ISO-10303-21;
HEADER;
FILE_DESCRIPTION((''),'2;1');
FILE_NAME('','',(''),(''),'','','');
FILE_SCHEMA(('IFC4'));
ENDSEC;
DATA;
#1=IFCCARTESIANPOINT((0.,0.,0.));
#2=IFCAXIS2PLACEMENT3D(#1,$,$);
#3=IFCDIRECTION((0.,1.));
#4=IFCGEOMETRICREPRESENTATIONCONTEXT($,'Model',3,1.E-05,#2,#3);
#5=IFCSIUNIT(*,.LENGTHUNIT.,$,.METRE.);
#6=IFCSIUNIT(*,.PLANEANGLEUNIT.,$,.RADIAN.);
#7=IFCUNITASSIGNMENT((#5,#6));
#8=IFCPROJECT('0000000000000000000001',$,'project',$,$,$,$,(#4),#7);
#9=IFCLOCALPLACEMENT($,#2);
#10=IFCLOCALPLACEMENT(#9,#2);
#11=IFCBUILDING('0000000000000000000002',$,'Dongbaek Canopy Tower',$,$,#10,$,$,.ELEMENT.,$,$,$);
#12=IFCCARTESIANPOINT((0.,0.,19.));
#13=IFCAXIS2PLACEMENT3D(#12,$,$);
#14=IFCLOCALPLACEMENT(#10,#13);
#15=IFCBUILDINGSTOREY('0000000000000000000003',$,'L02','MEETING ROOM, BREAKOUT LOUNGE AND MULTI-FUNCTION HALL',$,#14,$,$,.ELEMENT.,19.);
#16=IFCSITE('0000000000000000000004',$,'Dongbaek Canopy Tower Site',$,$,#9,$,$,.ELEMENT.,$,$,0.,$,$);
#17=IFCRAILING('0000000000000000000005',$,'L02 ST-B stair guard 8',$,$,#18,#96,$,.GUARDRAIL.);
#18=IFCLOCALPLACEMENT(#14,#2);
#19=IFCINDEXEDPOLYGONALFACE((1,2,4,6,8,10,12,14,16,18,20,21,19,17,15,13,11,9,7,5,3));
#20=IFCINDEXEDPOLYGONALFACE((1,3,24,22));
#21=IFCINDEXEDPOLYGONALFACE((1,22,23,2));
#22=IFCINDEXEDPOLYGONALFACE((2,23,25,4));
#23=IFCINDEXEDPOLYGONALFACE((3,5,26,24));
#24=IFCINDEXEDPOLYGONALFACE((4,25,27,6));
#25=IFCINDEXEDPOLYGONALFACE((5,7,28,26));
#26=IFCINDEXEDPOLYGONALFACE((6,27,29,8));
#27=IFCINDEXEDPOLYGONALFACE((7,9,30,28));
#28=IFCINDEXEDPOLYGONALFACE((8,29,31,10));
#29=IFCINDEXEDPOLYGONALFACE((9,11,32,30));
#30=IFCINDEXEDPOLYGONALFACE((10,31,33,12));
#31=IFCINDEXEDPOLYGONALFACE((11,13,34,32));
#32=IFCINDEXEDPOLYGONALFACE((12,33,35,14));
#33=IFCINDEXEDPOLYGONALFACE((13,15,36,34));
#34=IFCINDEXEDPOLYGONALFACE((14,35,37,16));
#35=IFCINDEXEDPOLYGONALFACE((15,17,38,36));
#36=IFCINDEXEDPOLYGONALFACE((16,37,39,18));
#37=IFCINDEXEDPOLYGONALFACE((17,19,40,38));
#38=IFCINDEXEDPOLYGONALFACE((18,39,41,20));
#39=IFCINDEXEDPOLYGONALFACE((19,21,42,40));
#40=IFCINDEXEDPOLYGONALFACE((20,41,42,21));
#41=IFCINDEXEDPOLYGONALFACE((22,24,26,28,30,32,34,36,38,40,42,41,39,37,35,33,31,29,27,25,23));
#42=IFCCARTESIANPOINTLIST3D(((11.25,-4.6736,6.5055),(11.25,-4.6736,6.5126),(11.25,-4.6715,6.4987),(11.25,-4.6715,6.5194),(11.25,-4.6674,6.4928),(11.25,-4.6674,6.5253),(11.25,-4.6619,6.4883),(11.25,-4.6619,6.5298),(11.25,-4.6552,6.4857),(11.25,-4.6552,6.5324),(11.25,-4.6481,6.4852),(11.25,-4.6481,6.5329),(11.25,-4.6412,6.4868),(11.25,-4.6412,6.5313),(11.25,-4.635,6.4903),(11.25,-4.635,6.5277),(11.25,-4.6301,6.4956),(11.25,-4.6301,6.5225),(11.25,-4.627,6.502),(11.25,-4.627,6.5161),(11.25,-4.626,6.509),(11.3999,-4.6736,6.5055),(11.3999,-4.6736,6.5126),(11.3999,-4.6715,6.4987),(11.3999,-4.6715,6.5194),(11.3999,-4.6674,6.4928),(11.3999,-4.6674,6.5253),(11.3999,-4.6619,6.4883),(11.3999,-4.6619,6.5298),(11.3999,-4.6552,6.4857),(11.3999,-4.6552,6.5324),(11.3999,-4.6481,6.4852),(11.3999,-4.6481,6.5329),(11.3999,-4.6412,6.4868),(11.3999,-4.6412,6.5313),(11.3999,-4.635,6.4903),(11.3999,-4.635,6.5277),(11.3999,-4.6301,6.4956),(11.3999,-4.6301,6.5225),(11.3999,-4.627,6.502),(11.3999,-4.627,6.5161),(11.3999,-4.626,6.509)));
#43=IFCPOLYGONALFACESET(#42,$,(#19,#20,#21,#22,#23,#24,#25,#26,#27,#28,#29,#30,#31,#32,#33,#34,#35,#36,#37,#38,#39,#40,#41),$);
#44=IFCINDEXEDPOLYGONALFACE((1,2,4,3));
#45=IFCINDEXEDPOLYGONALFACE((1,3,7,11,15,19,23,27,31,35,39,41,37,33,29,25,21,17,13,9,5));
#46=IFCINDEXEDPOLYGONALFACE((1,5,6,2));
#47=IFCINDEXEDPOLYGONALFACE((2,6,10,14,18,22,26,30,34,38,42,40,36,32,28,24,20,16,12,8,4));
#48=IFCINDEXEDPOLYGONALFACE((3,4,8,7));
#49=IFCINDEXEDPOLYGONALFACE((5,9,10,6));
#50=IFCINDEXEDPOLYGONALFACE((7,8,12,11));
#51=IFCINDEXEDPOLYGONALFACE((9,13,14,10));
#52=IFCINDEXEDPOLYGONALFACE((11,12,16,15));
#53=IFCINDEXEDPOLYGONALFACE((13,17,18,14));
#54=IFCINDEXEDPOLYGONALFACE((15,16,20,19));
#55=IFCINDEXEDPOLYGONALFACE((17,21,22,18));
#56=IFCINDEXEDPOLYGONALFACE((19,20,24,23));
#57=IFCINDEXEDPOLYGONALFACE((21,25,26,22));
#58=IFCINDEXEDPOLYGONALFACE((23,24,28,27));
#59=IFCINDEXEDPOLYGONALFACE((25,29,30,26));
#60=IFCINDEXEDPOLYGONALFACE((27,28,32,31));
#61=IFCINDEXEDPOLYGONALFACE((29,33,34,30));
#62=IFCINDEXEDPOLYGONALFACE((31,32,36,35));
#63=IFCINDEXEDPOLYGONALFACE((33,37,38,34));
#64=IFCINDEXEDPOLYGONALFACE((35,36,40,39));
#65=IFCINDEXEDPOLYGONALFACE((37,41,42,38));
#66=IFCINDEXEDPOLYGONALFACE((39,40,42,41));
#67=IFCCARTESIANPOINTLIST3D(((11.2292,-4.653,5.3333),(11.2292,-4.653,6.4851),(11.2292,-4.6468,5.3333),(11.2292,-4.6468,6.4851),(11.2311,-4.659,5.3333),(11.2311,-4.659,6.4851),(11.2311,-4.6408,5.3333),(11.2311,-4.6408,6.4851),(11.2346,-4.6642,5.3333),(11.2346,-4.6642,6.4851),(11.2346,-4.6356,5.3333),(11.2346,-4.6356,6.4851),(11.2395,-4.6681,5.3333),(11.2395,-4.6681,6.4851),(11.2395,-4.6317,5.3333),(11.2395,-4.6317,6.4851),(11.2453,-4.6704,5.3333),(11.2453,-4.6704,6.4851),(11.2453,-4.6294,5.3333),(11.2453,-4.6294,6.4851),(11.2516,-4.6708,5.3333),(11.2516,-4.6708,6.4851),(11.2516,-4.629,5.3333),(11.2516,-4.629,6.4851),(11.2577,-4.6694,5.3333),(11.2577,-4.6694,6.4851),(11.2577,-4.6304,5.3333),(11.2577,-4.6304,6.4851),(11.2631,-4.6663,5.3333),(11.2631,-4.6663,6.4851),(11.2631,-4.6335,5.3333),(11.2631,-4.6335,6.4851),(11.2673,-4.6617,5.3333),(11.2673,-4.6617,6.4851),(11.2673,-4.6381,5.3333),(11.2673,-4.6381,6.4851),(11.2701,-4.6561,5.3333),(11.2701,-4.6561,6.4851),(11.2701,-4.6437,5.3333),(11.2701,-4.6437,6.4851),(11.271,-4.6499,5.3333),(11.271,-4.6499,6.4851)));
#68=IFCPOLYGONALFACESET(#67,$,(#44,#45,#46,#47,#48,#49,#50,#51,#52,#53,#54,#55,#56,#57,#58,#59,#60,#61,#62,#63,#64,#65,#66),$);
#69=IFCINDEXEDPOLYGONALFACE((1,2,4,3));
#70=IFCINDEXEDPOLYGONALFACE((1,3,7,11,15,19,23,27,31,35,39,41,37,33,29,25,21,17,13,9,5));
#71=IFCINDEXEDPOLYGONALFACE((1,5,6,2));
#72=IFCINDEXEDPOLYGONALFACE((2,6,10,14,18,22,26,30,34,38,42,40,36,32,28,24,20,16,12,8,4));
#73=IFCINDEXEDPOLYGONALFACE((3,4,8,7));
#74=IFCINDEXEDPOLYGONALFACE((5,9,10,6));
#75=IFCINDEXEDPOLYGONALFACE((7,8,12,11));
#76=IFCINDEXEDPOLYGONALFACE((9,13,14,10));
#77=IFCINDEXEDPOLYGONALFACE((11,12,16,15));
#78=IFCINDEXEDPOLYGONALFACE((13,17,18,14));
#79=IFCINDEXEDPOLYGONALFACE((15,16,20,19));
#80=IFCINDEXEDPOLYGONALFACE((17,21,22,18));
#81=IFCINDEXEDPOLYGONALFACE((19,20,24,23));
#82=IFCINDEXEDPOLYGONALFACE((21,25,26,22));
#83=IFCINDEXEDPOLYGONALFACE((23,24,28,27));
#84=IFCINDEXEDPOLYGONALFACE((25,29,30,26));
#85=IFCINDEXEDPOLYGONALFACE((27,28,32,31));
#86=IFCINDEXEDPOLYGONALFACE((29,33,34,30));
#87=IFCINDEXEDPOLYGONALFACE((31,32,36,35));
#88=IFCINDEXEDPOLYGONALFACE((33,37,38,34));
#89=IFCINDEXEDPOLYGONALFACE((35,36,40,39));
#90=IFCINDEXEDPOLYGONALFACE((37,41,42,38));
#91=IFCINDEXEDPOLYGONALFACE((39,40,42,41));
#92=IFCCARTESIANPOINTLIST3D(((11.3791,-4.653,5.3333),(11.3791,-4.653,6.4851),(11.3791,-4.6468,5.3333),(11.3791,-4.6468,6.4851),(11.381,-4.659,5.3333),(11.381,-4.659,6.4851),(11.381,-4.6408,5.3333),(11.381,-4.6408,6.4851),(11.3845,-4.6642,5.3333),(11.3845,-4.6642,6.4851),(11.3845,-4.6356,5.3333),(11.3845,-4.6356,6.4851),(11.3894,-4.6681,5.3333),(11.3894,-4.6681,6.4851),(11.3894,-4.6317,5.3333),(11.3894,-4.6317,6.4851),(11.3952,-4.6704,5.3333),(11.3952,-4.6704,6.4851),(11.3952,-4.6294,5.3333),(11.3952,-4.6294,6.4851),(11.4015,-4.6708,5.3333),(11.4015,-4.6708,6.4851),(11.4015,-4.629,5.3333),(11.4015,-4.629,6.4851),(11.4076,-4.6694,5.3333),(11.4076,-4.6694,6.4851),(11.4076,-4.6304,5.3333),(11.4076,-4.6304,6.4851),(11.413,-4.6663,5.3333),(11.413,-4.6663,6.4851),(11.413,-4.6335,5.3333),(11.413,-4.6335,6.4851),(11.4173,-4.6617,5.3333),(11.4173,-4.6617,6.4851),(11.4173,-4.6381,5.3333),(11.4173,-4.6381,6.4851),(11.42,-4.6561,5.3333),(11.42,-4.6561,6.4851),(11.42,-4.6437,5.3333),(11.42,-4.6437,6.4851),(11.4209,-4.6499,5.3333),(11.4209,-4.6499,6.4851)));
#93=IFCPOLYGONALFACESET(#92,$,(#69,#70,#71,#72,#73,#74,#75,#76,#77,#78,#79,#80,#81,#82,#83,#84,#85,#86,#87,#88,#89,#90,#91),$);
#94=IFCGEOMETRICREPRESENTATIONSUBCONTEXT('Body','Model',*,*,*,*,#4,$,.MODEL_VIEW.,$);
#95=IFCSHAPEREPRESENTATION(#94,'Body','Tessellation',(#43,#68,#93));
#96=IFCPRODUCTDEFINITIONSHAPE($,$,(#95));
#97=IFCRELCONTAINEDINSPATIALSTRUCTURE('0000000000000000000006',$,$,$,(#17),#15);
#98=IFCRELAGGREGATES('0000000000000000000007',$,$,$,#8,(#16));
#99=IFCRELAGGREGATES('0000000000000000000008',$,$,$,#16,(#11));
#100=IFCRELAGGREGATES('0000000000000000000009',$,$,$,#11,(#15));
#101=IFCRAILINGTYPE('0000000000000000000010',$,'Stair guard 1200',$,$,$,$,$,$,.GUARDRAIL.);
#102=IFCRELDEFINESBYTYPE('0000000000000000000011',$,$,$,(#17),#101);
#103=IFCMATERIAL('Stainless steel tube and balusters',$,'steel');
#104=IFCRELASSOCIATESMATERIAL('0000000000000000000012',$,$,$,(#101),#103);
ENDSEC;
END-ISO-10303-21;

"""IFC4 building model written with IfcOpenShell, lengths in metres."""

from ifc_helpers import new_model, si_unit, direction, frame, origin, origin_2d, place, context, subcontext, project, spatial, circle, extrude, material, type_object, element, save


model = new_model("IFC4")

# Units and contexts
model_context = context("Model", 3, precision=1e-05, world=origin(), true_north=direction((0.0, 1.0)))
body_context = subcontext(model_context, "Body", "Model", "MODEL_VIEW")
ifc_project = project(units=[si_unit("LENGTHUNIT", "METRE"), si_unit("PLANEANGLEUNIT", "RADIAN")], contexts=[model_context])

# Site, building, storey
site_placement = place(None, origin())
site = spatial("IfcSite", under=ifc_project, at=site_placement, Name="Dongbaek Canopy Tower Site", CompositionType="ELEMENT", RefElevation=0.0)
building_placement = place(site_placement, origin())
building = spatial("IfcBuilding", under=site, at=building_placement, Name="Dongbaek Canopy Tower", CompositionType="ELEMENT")
storey_placement = place(building_placement, frame((0.0, 0.0, 19.0)))
storey = spatial("IfcBuildingStorey", under=building, at=storey_placement, Name="L02", Description="MEETING ROOM, BREAKOUT LOUNGE AND MULTI-FUNCTION HALL", CompositionType="ELEMENT", Elevation=19.0)

# Railing
ifc_material_1 = material(Name="Stainless steel tube and balusters", Category="steel")
railing_type_1 = type_object("IfcRailingType", Name="Stair guard 1200", PredefinedType="GUARDRAIL", material=ifc_material_1)
railing_1_placement = place(storey_placement, frame((11.25, -4.6499, 5.3333)))
element("IfcRailing", 1, at=railing_1_placement, inside=storey, type_object=railing_type_1, Name="L02 ST-B stair guard 8", PredefinedType="GUARDRAIL", context=body_context, shape_type="SweptSolid", body=[
    extrude(circle(Radius=0.0239, at=origin_2d()), frame((0.0, 0.0, 1.1758), z_axis=(1.0, 0.0, 0.0), x_axis=(0.0, 1.0, 0.0)), (0.0, 0.0, 1.0), 0.1499),
    extrude(circle(Radius=0.021, at=origin_2d()), origin(), (0.0, 0.0, 1.0), 1.1519),
    extrude(circle(Radius=0.021, at=origin_2d()), frame((0.1499, 0.0, 0.0)), (0.0, 0.0, 1.0), 1.1519),
])

save(model, "model.ifc")
